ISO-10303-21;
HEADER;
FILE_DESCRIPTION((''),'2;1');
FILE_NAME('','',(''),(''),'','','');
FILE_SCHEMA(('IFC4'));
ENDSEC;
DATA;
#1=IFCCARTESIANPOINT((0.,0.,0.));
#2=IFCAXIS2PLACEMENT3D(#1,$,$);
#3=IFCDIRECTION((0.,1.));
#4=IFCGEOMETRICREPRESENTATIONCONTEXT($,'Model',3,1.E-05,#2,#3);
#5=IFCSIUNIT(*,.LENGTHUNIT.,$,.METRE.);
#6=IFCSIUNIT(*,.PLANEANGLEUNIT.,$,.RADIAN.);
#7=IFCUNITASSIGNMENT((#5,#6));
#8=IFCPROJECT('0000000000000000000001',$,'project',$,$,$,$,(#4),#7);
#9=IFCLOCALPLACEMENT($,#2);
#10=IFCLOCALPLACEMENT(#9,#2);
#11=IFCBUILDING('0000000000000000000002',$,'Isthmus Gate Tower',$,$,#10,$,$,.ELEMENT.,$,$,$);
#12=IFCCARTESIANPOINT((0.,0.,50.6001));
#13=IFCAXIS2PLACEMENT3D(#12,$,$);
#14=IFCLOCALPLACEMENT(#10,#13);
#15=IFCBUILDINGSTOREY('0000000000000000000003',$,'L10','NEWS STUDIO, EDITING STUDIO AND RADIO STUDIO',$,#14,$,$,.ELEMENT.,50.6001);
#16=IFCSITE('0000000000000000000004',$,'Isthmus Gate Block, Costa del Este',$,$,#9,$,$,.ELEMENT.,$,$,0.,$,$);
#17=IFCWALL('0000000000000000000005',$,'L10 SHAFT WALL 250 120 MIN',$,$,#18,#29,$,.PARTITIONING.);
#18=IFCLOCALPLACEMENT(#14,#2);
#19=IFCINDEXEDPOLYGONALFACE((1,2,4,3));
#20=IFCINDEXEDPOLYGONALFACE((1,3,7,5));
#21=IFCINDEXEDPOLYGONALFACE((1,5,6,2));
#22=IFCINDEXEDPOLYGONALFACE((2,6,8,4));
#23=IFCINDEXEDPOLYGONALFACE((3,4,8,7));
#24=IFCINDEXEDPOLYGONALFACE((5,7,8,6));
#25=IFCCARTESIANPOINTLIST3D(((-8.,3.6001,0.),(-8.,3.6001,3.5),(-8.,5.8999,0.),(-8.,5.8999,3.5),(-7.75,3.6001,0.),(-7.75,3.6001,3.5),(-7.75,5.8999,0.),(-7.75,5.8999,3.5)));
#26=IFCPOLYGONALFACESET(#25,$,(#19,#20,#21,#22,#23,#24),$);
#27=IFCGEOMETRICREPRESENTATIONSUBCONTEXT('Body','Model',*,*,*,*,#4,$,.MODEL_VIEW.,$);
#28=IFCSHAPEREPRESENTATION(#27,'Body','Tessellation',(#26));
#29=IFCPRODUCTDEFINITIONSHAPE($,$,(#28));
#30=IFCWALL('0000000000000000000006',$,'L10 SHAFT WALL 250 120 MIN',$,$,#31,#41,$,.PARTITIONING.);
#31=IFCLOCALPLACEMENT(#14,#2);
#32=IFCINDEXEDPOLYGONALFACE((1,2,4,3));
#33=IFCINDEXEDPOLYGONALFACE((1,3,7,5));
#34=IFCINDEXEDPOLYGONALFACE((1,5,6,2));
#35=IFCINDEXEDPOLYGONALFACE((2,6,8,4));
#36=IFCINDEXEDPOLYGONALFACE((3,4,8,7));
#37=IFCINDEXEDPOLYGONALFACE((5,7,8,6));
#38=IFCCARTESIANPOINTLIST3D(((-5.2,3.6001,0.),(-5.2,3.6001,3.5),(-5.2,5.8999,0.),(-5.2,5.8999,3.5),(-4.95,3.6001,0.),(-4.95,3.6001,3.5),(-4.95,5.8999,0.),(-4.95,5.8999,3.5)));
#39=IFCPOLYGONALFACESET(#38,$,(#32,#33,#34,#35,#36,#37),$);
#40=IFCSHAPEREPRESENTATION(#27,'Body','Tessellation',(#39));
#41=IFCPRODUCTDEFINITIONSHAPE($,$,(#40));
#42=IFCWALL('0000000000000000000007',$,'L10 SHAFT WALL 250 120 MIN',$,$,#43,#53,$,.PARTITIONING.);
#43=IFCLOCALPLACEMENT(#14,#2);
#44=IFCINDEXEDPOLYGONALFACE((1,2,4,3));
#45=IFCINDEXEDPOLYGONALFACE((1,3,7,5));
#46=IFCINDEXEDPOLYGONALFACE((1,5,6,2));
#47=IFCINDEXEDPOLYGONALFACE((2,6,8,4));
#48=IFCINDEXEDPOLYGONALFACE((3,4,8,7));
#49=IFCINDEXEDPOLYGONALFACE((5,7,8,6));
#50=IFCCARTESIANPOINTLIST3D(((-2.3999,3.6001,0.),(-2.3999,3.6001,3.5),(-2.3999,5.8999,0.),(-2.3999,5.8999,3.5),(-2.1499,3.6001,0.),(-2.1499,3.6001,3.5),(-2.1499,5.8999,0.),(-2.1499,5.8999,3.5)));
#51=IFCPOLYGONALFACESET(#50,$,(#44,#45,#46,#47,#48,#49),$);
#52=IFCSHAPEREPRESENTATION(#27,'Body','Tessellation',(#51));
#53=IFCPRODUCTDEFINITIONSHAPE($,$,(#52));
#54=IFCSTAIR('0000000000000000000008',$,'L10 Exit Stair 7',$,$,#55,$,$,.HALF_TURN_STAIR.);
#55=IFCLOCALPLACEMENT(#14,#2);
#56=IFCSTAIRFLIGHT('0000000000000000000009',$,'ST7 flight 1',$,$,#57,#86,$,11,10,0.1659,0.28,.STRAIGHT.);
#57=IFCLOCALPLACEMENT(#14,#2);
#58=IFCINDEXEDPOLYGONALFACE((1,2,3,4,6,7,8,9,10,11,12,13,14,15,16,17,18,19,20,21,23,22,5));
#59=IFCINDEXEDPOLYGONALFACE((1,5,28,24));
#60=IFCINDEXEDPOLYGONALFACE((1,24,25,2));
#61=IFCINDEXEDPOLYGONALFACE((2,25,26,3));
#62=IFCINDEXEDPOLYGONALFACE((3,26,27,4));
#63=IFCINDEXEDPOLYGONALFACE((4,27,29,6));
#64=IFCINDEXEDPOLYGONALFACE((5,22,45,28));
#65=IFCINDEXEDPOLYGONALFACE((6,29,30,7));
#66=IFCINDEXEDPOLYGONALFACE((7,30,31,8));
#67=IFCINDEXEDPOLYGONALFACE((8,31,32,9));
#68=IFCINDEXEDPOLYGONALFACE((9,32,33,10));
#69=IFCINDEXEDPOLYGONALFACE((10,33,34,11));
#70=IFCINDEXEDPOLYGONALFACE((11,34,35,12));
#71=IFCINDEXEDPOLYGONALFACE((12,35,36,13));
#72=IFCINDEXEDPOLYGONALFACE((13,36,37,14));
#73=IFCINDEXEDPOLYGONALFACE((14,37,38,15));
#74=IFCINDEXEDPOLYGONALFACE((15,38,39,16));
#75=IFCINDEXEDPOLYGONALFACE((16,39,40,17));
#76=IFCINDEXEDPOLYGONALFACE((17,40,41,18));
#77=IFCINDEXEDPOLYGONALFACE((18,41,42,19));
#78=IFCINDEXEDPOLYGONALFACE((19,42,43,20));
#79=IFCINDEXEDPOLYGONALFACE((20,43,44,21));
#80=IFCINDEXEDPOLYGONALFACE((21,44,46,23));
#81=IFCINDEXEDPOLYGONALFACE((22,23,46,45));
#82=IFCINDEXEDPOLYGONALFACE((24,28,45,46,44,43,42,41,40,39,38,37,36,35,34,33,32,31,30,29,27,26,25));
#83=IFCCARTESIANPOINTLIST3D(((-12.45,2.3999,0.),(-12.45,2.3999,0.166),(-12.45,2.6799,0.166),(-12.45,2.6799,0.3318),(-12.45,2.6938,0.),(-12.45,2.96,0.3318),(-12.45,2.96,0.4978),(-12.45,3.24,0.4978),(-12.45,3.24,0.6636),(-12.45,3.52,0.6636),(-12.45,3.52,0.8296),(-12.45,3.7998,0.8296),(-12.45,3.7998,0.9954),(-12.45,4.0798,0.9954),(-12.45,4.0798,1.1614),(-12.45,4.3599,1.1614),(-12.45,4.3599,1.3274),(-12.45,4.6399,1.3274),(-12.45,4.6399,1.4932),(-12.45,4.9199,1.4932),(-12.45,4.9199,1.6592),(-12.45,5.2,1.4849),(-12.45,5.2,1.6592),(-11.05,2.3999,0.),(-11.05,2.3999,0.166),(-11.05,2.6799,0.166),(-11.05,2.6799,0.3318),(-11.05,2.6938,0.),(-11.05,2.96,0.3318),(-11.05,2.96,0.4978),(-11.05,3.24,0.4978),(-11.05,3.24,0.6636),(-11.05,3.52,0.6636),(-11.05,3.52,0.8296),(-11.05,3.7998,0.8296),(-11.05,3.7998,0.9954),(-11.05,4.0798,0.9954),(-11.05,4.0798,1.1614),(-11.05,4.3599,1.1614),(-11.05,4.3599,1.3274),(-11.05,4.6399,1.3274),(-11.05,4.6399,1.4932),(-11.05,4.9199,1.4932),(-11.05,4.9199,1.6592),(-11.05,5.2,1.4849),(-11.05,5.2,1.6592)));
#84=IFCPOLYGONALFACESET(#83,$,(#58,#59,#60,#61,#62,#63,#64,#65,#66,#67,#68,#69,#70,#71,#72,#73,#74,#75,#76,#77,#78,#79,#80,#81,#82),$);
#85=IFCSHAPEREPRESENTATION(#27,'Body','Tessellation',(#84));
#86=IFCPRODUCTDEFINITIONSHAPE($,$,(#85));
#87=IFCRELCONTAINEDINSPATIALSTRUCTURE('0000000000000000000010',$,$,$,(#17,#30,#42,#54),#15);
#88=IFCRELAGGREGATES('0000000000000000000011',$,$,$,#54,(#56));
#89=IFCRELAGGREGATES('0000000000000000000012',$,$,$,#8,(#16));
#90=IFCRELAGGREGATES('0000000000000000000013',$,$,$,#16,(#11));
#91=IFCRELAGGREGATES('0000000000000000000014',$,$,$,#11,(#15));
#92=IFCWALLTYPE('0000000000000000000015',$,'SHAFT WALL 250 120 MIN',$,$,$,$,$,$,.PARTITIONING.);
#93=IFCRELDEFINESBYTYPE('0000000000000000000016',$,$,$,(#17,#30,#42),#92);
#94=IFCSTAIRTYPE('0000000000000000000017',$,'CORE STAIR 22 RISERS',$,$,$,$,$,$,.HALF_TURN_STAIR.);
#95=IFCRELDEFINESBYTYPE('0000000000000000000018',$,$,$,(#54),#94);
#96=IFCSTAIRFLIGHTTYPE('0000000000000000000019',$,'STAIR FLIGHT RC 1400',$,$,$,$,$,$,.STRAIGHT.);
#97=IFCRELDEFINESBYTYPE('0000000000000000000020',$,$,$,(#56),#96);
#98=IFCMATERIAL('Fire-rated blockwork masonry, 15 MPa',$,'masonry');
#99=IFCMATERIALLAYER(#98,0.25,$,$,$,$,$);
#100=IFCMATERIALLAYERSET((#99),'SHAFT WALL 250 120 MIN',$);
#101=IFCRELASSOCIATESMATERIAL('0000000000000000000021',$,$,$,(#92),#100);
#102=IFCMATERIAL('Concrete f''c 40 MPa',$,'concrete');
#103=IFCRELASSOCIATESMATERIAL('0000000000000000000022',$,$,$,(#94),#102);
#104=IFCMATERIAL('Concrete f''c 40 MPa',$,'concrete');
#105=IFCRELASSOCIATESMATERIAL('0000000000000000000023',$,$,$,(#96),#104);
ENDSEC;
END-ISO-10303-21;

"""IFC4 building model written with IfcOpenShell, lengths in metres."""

from ifc_helpers import new_model, si_unit, direction, frame, frame_2d, origin, place, context, subcontext, project, spatial, polyline, rectangle, outline, extrude, material, layer, layer_set, type_object, element, aggregate, save


model = new_model("IFC4")

# Units and contexts
model_context = context("Model", 3, precision=1e-05, world=origin(), true_north=direction((0.0, 1.0)))
body_context = subcontext(model_context, "Body", "Model", "MODEL_VIEW")
ifc_project = project(units=[si_unit("LENGTHUNIT", "METRE"), si_unit("PLANEANGLEUNIT", "RADIAN")], contexts=[model_context])

# Site, building, storey
site_placement = place(None, origin())
site = spatial("IfcSite", under=ifc_project, at=site_placement, Name="Isthmus Gate Block, Costa del Este", CompositionType="ELEMENT", RefElevation=0.0)
building_placement = place(site_placement, origin())
building = spatial("IfcBuilding", under=site, at=building_placement, Name="Isthmus Gate Tower", CompositionType="ELEMENT")
storey_placement = place(building_placement, frame((0.0, 0.0, 50.6001)))
storey = spatial("IfcBuildingStorey", under=building, at=storey_placement, Name="L10", Description="NEWS STUDIO, EDITING STUDIO AND RADIO STUDIO", CompositionType="ELEMENT", Elevation=50.6001)

# Walls
ifc_material_1 = material(Name="Fire-rated blockwork masonry, 15 MPa", Category="masonry")
ifc_layer_1 = layer(ifc_material_1, 0.25)
ifc_layer_set_1 = layer_set([ifc_layer_1], Name="SHAFT WALL 250 120 MIN")
wall_type_1 = type_object("IfcWallType", Name="SHAFT WALL 250 120 MIN", PredefinedType="PARTITIONING", material=ifc_layer_set_1)
for number, where, z_axis, x_axis, name in (
    (1, (-7.875, 3.6001, 0.0), (0.0, 0.0, 1.0), (0.0, 1.0, 0.0), "L10 SHAFT WALL 250 120 MIN"),
    (2, (-5.075, 3.6001, 0.0), (0.0, 0.0, 1.0), (0.0, 1.0, 0.0), "L10 SHAFT WALL 250 120 MIN"),
    (3, (-2.2749, 3.6001, 0.0), (0.0, 0.0, 1.0), (0.0, 1.0, 0.0), "L10 SHAFT WALL 250 120 MIN"),
):
    element("IfcWall", number, at=place(storey_placement, frame(where, z_axis=z_axis, x_axis=x_axis)), inside=storey, type_object=wall_type_1, Name=name, PredefinedType="PARTITIONING", context=body_context, shape_type="SweptSolid", body=[
        extrude(rectangle(XDim=2.2998, YDim=0.25, at=frame_2d((1.1499, 0.0))), origin(), (0.0, 0.0, 1.0), 3.5),
    ])

# Stair, stair flight
ifc_material_2 = material(Name="Concrete f'c 40 MPa", Category="concrete")
stair_type = type_object("IfcStairType", Name="CORE STAIR 22 RISERS", PredefinedType="HALF_TURN_STAIR", material=ifc_material_2)
stair_placement = place(storey_placement, origin())
stair = element("IfcStair", 4, at=stair_placement, inside=storey, type_object=stair_type, Name="L10 Exit Stair 7", PredefinedType="HALF_TURN_STAIR")
ifc_material_3 = material(Name="Concrete f'c 40 MPa", Category="concrete")
stair_flight_type = type_object("IfcStairFlightType", Name="STAIR FLIGHT RC 1400", PredefinedType="STRAIGHT", material=ifc_material_3)
stair_flight_placement = place(storey_placement, frame((-11.75, 2.3999, 0.0), z_axis=(0.0, 0.0, 1.0), x_axis=(0.0, 1.0, 0.0)))
stair_flight = element("IfcStairFlight", 5, at=stair_flight_placement, type_object=stair_flight_type, Name="ST7 flight 1", NumberOfRisers=11, NumberOfTreads=10, PredefinedType="STRAIGHT", RiserHeight=0.1659, TreadLength=0.28, context=body_context, shape_type="SweptSolid", body=[
    extrude(outline(polyline([(0.0, 0.0), (0.0, 0.166), (0.28, 0.166), (0.28, 0.3318), (0.5601, 0.3318), (0.5601, 0.4978), (0.8401, 0.4978), (0.8401, 0.6636), (1.1201, 0.6636), (1.1201, 0.8296), (1.3999, 0.8296), (1.3999, 0.9954), (1.6799, 0.9954), (1.6799, 1.1614), (1.96, 1.1614), (1.96, 1.3274), (2.24, 1.3274), (2.24, 1.4932), (2.52, 1.4932), (2.52, 1.6592), (2.8, 1.6592), (2.8, 1.825), (2.8, 1.4849), (0.2939, 0.0), (0.0, 0.0)])), frame((0.0, 0.7, 0.0), z_axis=(0.0, -1.0, 0.0), x_axis=(1.0, 0.0, 0.0)), (0.0, 0.0, 1.0), 1.3999),
])
aggregate(stair, [stair_flight])

save(model, "model.ifc")
